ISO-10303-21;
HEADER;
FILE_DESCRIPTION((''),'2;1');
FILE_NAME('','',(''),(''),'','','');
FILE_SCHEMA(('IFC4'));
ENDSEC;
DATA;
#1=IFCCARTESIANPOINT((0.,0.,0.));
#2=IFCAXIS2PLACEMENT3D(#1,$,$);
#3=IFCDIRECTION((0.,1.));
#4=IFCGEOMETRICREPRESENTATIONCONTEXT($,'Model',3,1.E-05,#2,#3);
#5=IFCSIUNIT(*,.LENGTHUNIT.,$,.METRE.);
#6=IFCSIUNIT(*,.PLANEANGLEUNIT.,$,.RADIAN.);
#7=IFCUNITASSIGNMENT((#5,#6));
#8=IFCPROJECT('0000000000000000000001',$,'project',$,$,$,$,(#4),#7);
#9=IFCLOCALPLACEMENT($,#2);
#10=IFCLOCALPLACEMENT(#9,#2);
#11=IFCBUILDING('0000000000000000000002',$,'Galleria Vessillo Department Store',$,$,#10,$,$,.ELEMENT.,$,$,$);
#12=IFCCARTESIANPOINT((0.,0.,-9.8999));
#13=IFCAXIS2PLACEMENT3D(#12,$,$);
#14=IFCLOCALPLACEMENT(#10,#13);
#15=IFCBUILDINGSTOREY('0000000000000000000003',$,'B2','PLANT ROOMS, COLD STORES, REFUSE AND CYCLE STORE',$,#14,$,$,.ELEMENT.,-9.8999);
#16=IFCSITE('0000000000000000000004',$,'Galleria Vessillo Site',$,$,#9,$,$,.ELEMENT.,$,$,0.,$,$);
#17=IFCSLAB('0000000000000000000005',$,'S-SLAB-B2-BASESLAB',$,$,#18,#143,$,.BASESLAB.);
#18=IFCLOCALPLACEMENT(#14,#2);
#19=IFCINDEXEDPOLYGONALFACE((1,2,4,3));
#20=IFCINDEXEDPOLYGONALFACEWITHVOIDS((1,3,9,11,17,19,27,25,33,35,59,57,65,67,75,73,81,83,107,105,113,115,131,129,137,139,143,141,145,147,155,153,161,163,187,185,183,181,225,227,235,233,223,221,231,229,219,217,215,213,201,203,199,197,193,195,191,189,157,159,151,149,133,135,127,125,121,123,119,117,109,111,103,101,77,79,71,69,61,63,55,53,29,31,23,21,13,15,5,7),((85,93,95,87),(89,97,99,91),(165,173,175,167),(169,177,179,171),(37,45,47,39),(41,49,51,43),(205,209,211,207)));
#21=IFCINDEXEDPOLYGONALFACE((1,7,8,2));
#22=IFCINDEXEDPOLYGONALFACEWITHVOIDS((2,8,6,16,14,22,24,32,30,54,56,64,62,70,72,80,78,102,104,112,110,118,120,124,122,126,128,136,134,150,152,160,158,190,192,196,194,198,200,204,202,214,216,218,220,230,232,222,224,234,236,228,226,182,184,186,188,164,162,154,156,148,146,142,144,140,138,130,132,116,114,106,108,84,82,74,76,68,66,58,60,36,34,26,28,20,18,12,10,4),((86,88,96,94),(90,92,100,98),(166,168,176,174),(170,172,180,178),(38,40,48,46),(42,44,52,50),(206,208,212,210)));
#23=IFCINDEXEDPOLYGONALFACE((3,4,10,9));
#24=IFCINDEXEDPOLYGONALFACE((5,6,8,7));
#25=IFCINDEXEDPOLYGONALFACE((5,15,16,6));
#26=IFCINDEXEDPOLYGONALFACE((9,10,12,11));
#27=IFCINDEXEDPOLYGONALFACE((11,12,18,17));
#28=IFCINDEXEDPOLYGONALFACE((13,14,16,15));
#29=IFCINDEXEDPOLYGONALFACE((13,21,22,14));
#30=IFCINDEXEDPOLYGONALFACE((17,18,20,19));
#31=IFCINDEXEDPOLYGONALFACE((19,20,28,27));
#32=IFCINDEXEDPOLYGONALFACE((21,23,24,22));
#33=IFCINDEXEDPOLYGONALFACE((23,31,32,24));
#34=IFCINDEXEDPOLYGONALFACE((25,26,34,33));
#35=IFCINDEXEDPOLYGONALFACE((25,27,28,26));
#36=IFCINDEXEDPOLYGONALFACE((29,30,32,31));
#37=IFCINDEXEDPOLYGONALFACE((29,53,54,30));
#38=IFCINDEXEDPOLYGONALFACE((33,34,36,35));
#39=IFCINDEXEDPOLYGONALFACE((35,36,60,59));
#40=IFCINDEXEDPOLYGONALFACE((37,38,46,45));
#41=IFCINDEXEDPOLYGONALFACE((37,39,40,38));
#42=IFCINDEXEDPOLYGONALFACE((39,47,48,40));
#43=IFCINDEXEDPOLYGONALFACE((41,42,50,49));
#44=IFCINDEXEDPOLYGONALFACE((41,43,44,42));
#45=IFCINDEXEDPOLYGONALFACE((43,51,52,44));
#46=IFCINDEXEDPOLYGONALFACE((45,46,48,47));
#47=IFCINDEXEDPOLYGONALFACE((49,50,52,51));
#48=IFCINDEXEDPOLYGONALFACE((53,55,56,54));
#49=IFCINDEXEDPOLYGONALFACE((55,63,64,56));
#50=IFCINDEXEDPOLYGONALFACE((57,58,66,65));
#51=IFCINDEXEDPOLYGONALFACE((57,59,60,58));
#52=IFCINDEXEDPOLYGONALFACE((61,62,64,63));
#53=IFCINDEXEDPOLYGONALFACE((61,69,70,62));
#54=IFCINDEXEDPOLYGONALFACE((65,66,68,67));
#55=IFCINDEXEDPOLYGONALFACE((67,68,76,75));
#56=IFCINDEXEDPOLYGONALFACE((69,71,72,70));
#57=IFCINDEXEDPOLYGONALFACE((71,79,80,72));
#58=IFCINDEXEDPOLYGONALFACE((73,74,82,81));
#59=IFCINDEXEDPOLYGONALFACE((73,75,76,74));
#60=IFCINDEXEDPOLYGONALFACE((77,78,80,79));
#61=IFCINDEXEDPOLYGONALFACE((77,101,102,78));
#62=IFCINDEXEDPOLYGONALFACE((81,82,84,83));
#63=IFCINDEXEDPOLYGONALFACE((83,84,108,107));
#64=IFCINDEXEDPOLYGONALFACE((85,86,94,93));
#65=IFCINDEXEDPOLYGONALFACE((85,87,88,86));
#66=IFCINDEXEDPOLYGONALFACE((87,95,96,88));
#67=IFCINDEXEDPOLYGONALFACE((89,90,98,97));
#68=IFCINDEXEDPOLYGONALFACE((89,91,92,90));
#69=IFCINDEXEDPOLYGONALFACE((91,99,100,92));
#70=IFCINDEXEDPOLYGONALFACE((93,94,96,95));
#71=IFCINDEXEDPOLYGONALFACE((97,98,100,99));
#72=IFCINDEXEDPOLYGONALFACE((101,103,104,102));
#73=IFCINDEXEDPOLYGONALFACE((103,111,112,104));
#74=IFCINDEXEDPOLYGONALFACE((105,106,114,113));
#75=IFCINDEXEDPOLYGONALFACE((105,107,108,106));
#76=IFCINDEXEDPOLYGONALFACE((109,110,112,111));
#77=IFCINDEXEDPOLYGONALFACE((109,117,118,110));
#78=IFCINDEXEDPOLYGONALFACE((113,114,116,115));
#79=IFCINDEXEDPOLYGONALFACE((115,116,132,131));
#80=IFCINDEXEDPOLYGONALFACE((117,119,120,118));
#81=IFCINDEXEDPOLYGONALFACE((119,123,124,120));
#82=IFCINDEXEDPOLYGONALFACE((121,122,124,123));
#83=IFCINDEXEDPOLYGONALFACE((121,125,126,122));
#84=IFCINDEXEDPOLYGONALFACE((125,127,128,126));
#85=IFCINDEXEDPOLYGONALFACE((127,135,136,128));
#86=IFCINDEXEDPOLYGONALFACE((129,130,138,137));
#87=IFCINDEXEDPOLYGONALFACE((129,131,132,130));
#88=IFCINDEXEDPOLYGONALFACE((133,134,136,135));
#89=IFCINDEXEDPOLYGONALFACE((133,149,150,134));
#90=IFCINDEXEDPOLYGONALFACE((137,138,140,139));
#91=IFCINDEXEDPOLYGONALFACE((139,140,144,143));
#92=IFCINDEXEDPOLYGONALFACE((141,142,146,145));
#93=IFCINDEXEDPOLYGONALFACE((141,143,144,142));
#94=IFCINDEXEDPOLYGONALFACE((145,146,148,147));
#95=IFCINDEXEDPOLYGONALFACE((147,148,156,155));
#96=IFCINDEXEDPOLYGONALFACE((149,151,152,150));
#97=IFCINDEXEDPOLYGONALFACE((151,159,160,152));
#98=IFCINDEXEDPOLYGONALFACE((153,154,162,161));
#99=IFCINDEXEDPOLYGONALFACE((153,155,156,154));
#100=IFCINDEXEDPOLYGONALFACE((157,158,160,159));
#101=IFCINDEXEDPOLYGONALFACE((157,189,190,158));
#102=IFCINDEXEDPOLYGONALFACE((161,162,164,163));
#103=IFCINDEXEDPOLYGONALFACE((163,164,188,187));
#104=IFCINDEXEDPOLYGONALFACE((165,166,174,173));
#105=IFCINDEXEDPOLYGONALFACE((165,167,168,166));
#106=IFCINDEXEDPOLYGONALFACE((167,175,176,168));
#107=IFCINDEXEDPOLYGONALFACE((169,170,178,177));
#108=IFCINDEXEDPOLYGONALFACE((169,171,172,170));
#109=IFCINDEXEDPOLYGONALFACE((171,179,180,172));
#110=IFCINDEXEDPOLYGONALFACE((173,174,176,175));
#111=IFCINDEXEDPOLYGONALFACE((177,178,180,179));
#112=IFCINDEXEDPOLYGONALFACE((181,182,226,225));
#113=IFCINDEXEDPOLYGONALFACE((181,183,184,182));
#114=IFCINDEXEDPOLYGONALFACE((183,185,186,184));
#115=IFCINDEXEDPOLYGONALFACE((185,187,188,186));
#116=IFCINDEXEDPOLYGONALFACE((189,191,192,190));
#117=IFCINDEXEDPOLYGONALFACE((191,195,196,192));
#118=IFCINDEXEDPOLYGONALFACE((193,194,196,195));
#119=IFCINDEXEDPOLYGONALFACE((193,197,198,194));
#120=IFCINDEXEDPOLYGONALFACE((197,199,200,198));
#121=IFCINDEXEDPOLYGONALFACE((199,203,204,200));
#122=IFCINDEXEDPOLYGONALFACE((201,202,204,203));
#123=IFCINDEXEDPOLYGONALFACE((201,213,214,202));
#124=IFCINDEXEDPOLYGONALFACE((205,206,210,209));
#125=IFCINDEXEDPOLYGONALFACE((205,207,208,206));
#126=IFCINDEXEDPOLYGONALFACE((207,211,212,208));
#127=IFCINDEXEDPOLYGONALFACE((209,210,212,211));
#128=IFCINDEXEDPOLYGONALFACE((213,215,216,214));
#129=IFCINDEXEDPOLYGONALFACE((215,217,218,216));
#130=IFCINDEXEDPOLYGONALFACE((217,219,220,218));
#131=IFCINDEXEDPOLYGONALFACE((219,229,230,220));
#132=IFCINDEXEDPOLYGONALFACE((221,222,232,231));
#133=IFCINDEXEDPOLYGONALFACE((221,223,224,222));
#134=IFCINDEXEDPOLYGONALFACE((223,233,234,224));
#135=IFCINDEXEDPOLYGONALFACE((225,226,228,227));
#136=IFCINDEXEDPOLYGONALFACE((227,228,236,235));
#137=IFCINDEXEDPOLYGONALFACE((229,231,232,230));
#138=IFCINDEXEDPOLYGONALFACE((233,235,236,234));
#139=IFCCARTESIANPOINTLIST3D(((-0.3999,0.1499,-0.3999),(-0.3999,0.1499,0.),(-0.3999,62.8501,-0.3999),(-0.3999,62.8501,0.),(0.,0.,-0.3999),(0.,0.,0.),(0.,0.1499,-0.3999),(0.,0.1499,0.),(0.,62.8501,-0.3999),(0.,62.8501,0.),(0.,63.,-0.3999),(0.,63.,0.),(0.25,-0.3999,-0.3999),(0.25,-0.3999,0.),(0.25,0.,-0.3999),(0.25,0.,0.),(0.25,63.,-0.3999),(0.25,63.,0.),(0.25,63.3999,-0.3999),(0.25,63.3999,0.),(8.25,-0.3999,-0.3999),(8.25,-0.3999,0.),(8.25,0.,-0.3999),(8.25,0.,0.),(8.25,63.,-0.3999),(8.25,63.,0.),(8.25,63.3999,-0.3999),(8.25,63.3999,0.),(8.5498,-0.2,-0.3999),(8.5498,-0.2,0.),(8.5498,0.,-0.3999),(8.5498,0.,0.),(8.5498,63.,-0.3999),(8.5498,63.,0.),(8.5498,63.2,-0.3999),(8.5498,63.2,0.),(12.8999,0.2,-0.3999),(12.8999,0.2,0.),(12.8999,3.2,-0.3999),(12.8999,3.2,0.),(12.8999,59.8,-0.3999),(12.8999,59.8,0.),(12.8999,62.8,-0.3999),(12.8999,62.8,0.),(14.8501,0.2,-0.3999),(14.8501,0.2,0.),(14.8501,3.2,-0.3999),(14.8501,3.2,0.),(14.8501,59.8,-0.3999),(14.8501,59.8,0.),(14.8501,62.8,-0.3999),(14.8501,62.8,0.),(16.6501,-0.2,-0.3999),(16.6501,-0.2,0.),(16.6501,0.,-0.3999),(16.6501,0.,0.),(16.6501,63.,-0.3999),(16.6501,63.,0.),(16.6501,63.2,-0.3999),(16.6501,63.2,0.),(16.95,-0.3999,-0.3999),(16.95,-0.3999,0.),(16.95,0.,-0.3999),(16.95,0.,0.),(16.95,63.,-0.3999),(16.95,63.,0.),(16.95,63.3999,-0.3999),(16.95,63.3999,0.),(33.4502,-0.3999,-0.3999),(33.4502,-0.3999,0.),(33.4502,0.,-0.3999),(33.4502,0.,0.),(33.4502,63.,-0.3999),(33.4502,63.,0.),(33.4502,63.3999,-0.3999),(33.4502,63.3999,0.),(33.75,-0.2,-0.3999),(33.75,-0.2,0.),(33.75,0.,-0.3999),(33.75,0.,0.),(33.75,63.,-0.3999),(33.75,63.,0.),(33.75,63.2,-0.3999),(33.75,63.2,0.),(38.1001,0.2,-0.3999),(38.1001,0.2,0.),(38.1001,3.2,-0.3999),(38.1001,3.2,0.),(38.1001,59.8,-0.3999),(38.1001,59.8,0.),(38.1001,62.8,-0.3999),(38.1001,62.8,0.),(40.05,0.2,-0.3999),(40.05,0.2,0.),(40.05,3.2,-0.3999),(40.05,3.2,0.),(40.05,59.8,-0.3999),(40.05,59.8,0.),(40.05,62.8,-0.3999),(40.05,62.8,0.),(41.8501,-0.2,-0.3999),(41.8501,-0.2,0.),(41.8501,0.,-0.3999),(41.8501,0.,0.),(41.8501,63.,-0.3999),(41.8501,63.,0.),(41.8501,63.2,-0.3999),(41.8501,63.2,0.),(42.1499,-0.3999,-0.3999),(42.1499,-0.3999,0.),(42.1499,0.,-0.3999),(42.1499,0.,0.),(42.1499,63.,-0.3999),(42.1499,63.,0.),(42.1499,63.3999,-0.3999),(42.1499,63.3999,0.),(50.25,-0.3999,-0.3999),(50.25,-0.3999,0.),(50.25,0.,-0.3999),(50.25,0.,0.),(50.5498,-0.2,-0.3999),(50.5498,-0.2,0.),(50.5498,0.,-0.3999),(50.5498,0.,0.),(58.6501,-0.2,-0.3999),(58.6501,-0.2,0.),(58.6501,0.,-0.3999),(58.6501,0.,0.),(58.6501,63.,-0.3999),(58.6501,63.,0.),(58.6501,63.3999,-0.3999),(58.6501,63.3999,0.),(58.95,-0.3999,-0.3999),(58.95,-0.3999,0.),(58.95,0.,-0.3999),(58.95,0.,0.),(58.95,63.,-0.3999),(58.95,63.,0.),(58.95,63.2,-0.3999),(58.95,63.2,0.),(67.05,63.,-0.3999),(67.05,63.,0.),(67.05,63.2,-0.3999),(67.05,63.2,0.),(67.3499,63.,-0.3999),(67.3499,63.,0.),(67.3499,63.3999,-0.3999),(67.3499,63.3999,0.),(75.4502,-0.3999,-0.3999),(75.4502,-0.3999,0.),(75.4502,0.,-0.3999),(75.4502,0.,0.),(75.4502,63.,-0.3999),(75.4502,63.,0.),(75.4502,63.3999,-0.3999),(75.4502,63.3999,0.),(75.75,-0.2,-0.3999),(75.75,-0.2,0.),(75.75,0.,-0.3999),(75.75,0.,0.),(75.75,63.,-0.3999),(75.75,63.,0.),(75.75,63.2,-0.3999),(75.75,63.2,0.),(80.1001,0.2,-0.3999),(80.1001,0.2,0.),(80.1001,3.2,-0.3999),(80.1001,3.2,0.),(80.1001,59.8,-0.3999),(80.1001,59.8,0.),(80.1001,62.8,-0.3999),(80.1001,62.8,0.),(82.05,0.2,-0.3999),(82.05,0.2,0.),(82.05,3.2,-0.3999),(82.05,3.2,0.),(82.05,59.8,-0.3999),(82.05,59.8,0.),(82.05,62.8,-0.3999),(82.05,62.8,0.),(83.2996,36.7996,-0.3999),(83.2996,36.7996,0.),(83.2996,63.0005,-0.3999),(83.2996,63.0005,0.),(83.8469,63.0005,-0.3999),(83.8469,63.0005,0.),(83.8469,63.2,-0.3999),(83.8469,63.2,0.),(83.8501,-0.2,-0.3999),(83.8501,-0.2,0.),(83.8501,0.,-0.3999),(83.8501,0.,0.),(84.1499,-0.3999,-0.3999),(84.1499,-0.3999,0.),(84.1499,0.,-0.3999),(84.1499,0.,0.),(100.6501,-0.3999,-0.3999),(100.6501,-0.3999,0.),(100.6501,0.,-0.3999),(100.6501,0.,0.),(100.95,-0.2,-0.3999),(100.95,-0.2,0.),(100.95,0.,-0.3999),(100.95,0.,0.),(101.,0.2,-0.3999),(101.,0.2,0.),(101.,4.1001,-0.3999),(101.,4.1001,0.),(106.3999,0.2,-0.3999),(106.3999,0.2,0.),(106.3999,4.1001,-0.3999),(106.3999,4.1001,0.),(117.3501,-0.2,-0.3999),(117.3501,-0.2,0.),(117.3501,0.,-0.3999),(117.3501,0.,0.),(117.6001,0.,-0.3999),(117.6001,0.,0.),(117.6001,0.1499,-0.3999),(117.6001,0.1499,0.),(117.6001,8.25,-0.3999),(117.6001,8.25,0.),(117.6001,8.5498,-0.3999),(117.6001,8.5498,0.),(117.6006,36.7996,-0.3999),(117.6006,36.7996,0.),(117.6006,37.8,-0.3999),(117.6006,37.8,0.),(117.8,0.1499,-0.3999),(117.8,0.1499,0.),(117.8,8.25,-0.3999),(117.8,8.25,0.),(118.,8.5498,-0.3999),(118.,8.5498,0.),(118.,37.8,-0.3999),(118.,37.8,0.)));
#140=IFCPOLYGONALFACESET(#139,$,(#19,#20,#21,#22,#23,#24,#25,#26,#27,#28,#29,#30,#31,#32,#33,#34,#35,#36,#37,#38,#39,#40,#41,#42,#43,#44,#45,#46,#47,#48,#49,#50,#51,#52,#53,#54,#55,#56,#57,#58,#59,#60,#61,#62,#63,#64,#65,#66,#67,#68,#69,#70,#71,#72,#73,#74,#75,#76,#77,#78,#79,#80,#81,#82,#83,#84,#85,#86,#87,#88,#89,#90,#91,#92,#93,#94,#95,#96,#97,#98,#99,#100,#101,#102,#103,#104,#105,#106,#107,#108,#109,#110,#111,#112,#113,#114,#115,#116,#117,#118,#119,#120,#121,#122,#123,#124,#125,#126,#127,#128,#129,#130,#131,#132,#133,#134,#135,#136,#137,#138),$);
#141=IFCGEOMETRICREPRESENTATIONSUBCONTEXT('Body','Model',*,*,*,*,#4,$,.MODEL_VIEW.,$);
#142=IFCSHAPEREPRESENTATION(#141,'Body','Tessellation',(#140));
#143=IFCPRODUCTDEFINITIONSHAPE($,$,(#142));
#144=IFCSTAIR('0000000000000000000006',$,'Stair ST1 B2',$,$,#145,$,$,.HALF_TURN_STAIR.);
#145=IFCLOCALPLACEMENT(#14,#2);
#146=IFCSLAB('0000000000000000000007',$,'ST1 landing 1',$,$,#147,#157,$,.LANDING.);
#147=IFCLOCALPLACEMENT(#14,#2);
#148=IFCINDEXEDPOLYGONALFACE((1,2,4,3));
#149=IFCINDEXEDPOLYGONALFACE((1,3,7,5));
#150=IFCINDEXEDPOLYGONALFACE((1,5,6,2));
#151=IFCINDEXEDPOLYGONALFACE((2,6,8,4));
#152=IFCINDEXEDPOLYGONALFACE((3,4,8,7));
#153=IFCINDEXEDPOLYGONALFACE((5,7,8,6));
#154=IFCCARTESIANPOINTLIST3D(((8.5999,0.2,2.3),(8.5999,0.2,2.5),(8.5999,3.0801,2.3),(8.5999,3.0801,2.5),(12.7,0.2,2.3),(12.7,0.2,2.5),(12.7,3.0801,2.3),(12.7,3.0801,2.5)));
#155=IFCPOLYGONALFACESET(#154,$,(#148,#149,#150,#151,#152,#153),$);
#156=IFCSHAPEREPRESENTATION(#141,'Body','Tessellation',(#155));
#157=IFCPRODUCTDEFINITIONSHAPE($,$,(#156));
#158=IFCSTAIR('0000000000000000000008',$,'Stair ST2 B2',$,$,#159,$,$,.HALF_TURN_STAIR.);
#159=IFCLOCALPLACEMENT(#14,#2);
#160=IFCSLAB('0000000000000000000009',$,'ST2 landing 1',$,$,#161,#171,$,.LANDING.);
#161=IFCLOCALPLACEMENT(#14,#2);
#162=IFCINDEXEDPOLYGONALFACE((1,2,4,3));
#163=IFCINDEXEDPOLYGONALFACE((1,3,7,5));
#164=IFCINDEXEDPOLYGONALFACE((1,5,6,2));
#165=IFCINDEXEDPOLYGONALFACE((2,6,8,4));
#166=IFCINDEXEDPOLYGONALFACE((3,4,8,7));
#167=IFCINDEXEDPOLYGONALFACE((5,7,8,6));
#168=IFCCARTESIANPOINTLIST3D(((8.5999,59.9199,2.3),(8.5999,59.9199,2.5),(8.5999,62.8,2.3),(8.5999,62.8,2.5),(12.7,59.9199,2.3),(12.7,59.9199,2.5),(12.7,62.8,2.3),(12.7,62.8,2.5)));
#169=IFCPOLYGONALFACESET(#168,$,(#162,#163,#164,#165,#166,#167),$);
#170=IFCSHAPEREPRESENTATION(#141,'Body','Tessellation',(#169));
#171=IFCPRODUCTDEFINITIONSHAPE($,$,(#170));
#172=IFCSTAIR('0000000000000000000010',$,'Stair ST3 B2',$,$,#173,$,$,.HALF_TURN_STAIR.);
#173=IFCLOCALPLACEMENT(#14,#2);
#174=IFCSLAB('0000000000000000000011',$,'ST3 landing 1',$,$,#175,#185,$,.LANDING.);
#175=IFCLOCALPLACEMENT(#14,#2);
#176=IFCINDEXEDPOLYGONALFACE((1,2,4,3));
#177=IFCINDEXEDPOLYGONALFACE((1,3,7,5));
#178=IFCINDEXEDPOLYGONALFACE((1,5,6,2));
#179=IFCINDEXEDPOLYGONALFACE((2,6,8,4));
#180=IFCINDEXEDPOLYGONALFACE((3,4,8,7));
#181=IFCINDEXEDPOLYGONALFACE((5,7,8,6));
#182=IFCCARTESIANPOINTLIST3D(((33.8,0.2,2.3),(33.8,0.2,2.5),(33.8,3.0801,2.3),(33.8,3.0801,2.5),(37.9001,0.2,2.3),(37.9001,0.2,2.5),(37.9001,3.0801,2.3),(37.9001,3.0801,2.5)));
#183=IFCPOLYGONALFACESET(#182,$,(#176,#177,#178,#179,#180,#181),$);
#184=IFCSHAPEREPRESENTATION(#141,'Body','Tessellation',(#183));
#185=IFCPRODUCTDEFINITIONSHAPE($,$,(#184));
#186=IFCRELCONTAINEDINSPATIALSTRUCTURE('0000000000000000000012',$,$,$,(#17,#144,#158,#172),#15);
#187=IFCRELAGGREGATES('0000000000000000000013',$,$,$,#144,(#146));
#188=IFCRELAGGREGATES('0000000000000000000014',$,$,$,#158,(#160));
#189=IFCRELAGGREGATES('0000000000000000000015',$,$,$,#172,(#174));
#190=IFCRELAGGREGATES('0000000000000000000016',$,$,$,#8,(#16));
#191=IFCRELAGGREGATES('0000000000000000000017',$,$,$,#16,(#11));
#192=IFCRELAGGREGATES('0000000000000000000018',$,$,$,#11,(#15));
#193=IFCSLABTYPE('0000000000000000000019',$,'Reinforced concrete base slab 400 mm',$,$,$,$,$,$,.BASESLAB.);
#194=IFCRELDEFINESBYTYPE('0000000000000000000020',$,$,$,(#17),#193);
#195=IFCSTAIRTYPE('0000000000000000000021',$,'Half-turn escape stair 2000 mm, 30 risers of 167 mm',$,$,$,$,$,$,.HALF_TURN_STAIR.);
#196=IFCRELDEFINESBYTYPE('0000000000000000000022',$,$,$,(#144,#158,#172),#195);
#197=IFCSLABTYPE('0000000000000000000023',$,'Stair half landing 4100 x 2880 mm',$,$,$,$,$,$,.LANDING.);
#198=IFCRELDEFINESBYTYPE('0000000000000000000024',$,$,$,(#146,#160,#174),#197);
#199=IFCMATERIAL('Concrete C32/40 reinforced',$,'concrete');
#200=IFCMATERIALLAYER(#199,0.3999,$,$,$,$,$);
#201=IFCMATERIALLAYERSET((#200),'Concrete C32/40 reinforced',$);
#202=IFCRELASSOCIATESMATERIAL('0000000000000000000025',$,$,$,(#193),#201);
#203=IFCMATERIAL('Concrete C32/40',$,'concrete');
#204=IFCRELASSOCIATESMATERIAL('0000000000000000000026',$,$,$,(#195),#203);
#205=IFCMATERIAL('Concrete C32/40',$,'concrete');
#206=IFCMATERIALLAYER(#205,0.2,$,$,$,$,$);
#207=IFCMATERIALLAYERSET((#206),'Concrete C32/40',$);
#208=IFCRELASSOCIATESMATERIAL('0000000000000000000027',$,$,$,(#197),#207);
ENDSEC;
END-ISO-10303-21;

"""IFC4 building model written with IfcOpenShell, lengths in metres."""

from ifc_helpers import new_model, si_unit, direction, frame, origin, place, context, subcontext, project, spatial, polyline, outline, extrude, material, layer, layer_set, type_object, element, aggregate, save


model = new_model("IFC4")

# Units and contexts
model_context = context("Model", 3, precision=1e-05, world=origin(), true_north=direction((0.0, 1.0)))
body_context = subcontext(model_context, "Body", "Model", "MODEL_VIEW")
ifc_project = project(units=[si_unit("LENGTHUNIT", "METRE"), si_unit("PLANEANGLEUNIT", "RADIAN")], contexts=[model_context])

# Site, building, storey
site_placement = place(None, origin())
site = spatial("IfcSite", under=ifc_project, at=site_placement, Name="Galleria Vessillo Site", CompositionType="ELEMENT", RefElevation=0.0)
building_placement = place(site_placement, origin())
building = spatial("IfcBuilding", under=site, at=building_placement, Name="Galleria Vessillo Department Store", CompositionType="ELEMENT")
storey_placement = place(building_placement, frame((0.0, 0.0, -9.8999)))
storey = spatial("IfcBuildingStorey", under=building, at=storey_placement, Name="B2", Description="PLANT ROOMS, COLD STORES, REFUSE AND CYCLE STORE", CompositionType="ELEMENT", Elevation=-9.8999)

# Slab
ifc_material_1 = material(Name="Concrete C32/40 reinforced", Category="concrete")
ifc_layer_1 = layer(ifc_material_1, 0.3999)
ifc_layer_set_1 = layer_set([ifc_layer_1], Name="Concrete C32/40 reinforced")
slab_type_1 = type_object("IfcSlabType", Name="Reinforced concrete base slab 400 mm", PredefinedType="BASESLAB", material=ifc_layer_set_1)
slab_1_placement = place(storey_placement, frame((0.0, 0.0, -0.3999)))
element("IfcSlab", 1, at=slab_1_placement, inside=storey, type_object=slab_type_1, Name="S-SLAB-B2-BASESLAB", PredefinedType="BASESLAB", context=body_context, shape_type="SweptSolid", body=[
    extrude(outline(polyline([(8.5498, 0.0), (8.25, 0.0), (8.25, -0.3999), (0.25, -0.3999), (0.25, 0.0), (0.0, 0.0), (0.0, 0.1499), (-0.3999, 0.1499), (-0.3999, 62.8501), (0.0, 62.8501), (0.0, 63.0), (0.25, 63.0), (0.25, 63.3999), (8.25, 63.3999), (8.25, 63.0), (8.5498, 63.0), (8.5498, 63.2), (16.6501, 63.2), (16.6501, 63.0), (16.95, 63.0), (16.95, 63.3999), (33.4502, 63.3999), (33.4502, 63.0), (33.75, 63.0), (33.75, 63.2), (41.8501, 63.2), (41.8501, 63.0), (42.1499, 63.0), (42.1499, 63.3999), (58.6501, 63.3999), (58.6501, 63.0), (58.95, 63.0), (58.95, 63.2), (67.05, 63.2), (67.05, 63.0), (67.3499, 63.0), (67.3499, 63.3999), (75.4502, 63.3999), (75.4502, 63.0), (75.75, 63.0), (75.75, 63.2), (83.8469, 63.2), (83.8469, 63.0005), (83.2996, 63.0005), (83.2996, 36.7996), (117.6006, 36.7996), (117.6006, 37.8), (118.0, 37.8), (118.0, 8.5498), (117.6001, 8.5498), (117.6001, 8.25), (117.8, 8.25), (117.8, 0.1499), (117.6001, 0.1499), (117.6001, 0.0), (117.3501, 0.0), (117.3501, -0.2), (100.95, -0.2), (100.95, 0.0), (100.6501, 0.0), (100.6501, -0.3999), (84.1499, -0.3999), (84.1499, 0.0), (83.8501, 0.0), (83.8501, -0.2), (75.75, -0.2), (75.75, 0.0), (75.4502, 0.0), (75.4502, -0.3999), (58.95, -0.3999), (58.95, 0.0), (58.6501, 0.0), (58.6501, -0.2), (50.5498, -0.2), (50.5498, 0.0), (50.25, 0.0), (50.25, -0.3999), (42.1499, -0.3999), (42.1499, 0.0), (41.8501, 0.0), (41.8501, -0.2), (33.75, -0.2), (33.75, 0.0), (33.4502, 0.0), (33.4502, -0.3999), (16.95, -0.3999), (16.95, 0.0), (16.6501, 0.0), (16.6501, -0.2), (8.5498, -0.2), (8.5498, 0.0)]), holes=[polyline([(14.8501, 0.2), (14.8501, 3.2), (12.8999, 3.2), (12.8999, 0.2), (14.8501, 0.2)]), polyline([(14.8501, 59.8), (14.8501, 62.8), (12.8999, 62.8), (12.8999, 59.8), (14.8501, 59.8)]), polyline([(40.05, 0.2), (40.05, 3.2), (38.1001, 3.2), (38.1001, 0.2), (40.05, 0.2)]), polyline([(40.05, 59.8), (40.05, 62.8), (38.1001, 62.8), (38.1001, 59.8), (40.05, 59.8)]), polyline([(82.05, 0.2), (82.05, 3.2), (80.1001, 3.2), (80.1001, 0.2), (82.05, 0.2)]), polyline([(82.05, 59.8), (82.05, 62.8), (80.1001, 62.8), (80.1001, 59.8), (82.05, 59.8)]), polyline([(106.3999, 0.2), (106.3999, 4.1001), (101.0, 4.1001), (101.0, 0.2), (106.3999, 0.2)])]), origin(), (0.0, 0.0, 1.0), 0.3999),
])

# Stairs, slabs
ifc_material_2 = material(Name="Concrete C32/40", Category="concrete")
stair_type = type_object("IfcStairType", Name="Half-turn escape stair 2000 mm, 30 risers of 167 mm", PredefinedType="HALF_TURN_STAIR", material=ifc_material_2)
stair_1_placement = place(storey_placement, origin())
stair_1 = element("IfcStair", 2, at=stair_1_placement, inside=storey, type_object=stair_type, Name="Stair ST1 B2", PredefinedType="HALF_TURN_STAIR")
ifc_material_3 = material(Name="Concrete C32/40", Category="concrete")
ifc_layer_2 = layer(ifc_material_3, 0.2)
ifc_layer_set_2 = layer_set([ifc_layer_2], Name="Concrete C32/40")
slab_type_2 = type_object("IfcSlabType", Name="Stair half landing 4100 x 2880 mm", PredefinedType="LANDING", material=ifc_layer_set_2)
slab_2_placement = place(storey_placement, frame((0.0, 0.0, 2.3)))
slab_2 = element("IfcSlab", 3, at=slab_2_placement, type_object=slab_type_2, Name="ST1 landing 1", PredefinedType="LANDING", context=body_context, shape_type="SweptSolid", body=[
    extrude(outline(polyline([(8.5999, 0.2), (8.5999, 3.0801), (12.7, 3.0801), (12.7, 0.2), (8.5999, 0.2)])), origin(), (0.0, 0.0, 1.0), 0.2),
])
aggregate(stair_1, [slab_2])
stair_2_placement = place(storey_placement, origin())
stair_2 = element("IfcStair", 4, at=stair_2_placement, inside=storey, type_object=stair_type, Name="Stair ST2 B2", PredefinedType="HALF_TURN_STAIR")
slab_3_placement = place(storey_placement, frame((0.0, 0.0, 2.3)))
slab_3 = element("IfcSlab", 5, at=slab_3_placement, type_object=slab_type_2, Name="ST2 landing 1", PredefinedType="LANDING", context=body_context, shape_type="SweptSolid", body=[
    extrude(outline(polyline([(8.5999, 59.9199), (8.5999, 62.8), (12.7, 62.8), (12.7, 59.9199), (8.5999, 59.9199)])), origin(), (0.0, 0.0, 1.0), 0.2),
])
aggregate(stair_2, [slab_3])
stair_3_placement = place(storey_placement, origin())
stair_3 = element("IfcStair", 6, at=stair_3_placement, inside=storey, type_object=stair_type, Name="Stair ST3 B2", PredefinedType="HALF_TURN_STAIR")
slab_4_placement = place(storey_placement, frame((0.0, 0.0, 2.3)))
slab_4 = element("IfcSlab", 7, at=slab_4_placement, type_object=slab_type_2, Name="ST3 landing 1", PredefinedType="LANDING", context=body_context, shape_type="SweptSolid", body=[
    extrude(outline(polyline([(33.8, 0.2), (33.8, 3.0801), (37.9001, 3.0801), (37.9001, 0.2), (33.8, 0.2)])), origin(), (0.0, 0.0, 1.0), 0.2),
])
aggregate(stair_3, [slab_4])

save(model, "model.ifc")
